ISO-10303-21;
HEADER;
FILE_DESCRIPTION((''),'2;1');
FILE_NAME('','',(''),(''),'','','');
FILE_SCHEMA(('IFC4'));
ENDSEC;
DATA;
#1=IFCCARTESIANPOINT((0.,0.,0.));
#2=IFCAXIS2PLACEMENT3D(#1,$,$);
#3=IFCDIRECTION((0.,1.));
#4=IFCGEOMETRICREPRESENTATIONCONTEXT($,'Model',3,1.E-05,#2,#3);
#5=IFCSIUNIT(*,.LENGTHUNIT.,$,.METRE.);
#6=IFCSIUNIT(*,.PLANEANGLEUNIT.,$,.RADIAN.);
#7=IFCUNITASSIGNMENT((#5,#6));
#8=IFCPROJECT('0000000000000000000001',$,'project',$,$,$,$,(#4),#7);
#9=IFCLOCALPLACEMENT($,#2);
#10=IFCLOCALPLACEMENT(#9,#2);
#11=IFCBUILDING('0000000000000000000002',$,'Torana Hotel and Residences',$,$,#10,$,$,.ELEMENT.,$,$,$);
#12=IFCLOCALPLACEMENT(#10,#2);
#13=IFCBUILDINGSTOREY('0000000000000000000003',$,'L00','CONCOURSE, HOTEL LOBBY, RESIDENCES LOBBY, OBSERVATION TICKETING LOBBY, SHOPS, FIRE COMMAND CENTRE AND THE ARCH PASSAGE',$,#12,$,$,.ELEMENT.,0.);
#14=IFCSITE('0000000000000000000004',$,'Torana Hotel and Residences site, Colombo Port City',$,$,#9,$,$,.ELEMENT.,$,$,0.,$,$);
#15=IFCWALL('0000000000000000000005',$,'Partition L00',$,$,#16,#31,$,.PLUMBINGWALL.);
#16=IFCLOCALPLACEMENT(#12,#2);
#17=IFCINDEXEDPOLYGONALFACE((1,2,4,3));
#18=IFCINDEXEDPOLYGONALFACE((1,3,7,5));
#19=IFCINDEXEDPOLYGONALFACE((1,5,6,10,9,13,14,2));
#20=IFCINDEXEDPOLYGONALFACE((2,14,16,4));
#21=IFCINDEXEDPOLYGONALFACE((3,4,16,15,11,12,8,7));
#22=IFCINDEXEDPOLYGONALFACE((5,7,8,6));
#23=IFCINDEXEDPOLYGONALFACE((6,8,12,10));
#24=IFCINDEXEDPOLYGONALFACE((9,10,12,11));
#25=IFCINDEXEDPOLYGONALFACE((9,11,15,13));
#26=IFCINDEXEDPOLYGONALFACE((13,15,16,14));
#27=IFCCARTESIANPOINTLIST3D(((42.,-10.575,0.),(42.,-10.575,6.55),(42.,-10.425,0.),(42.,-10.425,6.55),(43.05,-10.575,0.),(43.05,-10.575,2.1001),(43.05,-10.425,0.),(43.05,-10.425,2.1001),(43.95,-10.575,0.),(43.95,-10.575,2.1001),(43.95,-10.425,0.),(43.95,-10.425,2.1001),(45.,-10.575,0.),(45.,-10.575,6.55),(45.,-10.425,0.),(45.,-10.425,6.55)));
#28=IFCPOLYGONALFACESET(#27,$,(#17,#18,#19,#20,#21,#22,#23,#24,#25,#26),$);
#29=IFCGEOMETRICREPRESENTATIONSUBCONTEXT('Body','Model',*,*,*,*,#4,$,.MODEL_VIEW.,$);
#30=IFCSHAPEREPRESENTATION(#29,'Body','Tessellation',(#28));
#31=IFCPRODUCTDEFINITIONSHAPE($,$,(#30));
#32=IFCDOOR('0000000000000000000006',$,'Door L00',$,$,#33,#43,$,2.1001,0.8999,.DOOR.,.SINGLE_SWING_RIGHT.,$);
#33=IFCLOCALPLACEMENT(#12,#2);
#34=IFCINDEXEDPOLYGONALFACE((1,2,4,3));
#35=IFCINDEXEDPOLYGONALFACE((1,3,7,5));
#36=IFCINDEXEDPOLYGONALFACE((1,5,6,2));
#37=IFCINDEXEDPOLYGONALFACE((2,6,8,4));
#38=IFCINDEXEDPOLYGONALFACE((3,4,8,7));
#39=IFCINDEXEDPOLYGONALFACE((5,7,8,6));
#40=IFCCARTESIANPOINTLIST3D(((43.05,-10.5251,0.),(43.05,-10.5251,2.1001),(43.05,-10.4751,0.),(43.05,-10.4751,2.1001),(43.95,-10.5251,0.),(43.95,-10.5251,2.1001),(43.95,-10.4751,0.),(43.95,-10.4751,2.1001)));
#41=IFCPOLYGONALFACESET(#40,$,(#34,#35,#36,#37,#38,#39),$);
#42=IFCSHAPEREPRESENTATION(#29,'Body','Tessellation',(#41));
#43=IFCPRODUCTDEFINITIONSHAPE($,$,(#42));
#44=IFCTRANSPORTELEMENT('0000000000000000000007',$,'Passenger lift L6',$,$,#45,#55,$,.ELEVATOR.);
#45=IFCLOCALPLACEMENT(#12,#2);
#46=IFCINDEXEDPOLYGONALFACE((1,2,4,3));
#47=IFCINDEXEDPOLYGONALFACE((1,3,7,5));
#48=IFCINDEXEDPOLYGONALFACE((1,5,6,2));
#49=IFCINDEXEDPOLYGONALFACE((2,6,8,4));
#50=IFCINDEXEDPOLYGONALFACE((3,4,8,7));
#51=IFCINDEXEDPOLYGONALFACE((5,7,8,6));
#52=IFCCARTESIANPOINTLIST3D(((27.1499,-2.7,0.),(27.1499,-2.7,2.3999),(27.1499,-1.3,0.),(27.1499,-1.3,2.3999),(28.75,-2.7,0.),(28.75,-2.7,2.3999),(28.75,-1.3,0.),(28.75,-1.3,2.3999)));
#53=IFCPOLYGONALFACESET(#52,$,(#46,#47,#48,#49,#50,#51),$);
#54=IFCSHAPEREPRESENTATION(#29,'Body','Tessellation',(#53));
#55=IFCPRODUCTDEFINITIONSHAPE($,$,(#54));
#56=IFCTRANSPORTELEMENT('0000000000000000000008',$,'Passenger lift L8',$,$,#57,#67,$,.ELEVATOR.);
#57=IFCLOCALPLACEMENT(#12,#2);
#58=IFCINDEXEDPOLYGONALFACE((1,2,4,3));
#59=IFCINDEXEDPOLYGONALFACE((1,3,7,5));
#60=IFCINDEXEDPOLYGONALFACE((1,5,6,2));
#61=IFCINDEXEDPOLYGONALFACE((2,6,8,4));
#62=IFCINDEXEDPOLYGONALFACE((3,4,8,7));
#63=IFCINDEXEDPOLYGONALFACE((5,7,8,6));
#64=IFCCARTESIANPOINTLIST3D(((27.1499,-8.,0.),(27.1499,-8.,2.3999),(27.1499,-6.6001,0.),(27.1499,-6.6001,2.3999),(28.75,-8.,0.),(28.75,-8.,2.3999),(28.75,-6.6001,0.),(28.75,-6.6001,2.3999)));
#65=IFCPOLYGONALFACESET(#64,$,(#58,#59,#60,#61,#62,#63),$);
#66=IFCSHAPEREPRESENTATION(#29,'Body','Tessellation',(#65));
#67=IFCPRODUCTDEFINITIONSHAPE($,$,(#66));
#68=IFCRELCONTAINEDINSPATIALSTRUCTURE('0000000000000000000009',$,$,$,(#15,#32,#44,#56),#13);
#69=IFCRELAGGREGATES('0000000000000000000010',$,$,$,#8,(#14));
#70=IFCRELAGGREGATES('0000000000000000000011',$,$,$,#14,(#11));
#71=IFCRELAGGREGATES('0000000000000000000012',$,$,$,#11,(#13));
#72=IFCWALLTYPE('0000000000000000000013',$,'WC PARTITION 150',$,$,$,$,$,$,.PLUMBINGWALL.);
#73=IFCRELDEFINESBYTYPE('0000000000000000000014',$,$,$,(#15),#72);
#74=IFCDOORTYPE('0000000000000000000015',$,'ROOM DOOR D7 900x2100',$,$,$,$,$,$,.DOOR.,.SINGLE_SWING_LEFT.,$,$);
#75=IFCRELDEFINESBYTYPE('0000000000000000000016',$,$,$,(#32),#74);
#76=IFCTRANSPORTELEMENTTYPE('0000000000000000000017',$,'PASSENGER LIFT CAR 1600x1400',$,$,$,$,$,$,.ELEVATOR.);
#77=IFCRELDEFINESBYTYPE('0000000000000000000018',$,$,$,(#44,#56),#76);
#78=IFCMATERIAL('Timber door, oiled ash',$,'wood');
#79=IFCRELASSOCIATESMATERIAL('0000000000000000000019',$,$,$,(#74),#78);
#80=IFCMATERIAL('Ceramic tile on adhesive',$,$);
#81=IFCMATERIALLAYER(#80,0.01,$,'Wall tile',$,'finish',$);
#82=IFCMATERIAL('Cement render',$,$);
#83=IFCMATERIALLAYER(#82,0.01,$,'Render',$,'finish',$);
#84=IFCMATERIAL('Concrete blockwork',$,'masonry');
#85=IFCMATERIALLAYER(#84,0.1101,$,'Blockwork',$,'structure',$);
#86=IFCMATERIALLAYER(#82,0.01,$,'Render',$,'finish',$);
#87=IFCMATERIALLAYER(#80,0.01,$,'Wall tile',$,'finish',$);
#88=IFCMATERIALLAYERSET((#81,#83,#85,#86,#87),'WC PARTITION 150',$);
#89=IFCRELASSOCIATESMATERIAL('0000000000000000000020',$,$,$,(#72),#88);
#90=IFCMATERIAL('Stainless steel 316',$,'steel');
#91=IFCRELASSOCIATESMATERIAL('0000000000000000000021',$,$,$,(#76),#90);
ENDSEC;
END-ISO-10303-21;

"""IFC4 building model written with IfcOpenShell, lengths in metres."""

from ifc_helpers import new_model, si_unit, direction, frame, frame_2d, origin, origin_2d, place, context, subcontext, project, spatial, rectangle, extrude, material, layer, layer_set, type_object, element, fill, save


model = new_model("IFC4")

# Units and contexts
model_context = context("Model", 3, precision=1e-05, world=origin(), true_north=direction((0.0, 1.0)))
body_context = subcontext(model_context, "Body", "Model", "MODEL_VIEW")
ifc_project = project(units=[si_unit("LENGTHUNIT", "METRE"), si_unit("PLANEANGLEUNIT", "RADIAN")], contexts=[model_context])

# Site, building, storey
site_placement = place(None, origin())
site = spatial("IfcSite", under=ifc_project, at=site_placement, Name="Torana Hotel and Residences site, Colombo Port City", CompositionType="ELEMENT", RefElevation=0.0)
building_placement = place(site_placement, origin())
building = spatial("IfcBuilding", under=site, at=building_placement, Name="Torana Hotel and Residences", CompositionType="ELEMENT")
storey_placement = place(building_placement, origin())
storey = spatial("IfcBuildingStorey", under=building, at=storey_placement, Name="L00", Description="CONCOURSE, HOTEL LOBBY, RESIDENCES LOBBY, OBSERVATION TICKETING LOBBY, SHOPS, FIRE COMMAND CENTRE AND THE ARCH PASSAGE", CompositionType="ELEMENT", Elevation=0.0)

# Wall, opening, door
ifc_material_1 = material(Name="Timber door, oiled ash", Category="wood")
door_type = type_object("IfcDoorType", Name="ROOM DOOR D7 900x2100", OperationType="SINGLE_SWING_LEFT", PredefinedType="DOOR", material=ifc_material_1)
ifc_material_2 = material(Name="Ceramic tile on adhesive")
ifc_layer_1 = layer(ifc_material_2, 0.01, Name="Wall tile", Category="finish")
ifc_material_3 = material(Name="Cement render")
ifc_layer_2 = layer(ifc_material_3, 0.01, Name="Render", Category="finish")
ifc_material_4 = material(Name="Concrete blockwork", Category="masonry")
ifc_layer_3 = layer(ifc_material_4, 0.1101, Name="Blockwork", Category="structure")
ifc_layer_4 = layer(ifc_material_3, 0.01, Name="Render", Category="finish")
ifc_layer_5 = layer(ifc_material_2, 0.01, Name="Wall tile", Category="finish")
ifc_layer_set_1 = layer_set([ifc_layer_1, ifc_layer_2, ifc_layer_3, ifc_layer_4, ifc_layer_5], Name="WC PARTITION 150")
wall_type_1 = type_object("IfcWallType", Name="WC PARTITION 150", PredefinedType="PLUMBINGWALL", material=ifc_layer_set_1)
wall_1_placement = place(storey_placement, frame((42.0, -10.5, 0.0), z_axis=(0.0, 0.0, 1.0), x_axis=(1.0, 0.0, 0.0)))
wall_1 = element("IfcWall", 1, at=wall_1_placement, inside=storey, type_object=wall_type_1, Name="Partition L00", PredefinedType="PLUMBINGWALL", context=body_context, shape_type="SweptSolid", body=[
    extrude(rectangle(XDim=3.0, YDim=0.1499, at=frame_2d((1.5, 0.0))), origin(), (0.0, 0.0, 1.0), 6.55),
])
opening_1_placement = place(wall_1_placement, frame((1.05, 0.0, 0.0)))
opening_1 = element("IfcOpeningElement", 2, at=opening_1_placement, cuts=wall_1, PredefinedType="OPENING", context=body_context, shape_type="SweptSolid", body=[
    extrude(rectangle(XDim=0.8999, YDim=2.1001, at=frame_2d((0.45, 1.05))), frame((0.0, 0.085, 0.0), z_axis=(0.0, -1.0, 0.0), x_axis=(1.0, 0.0, 0.0)), (0.0, 0.0, 1.0), 0.1699),
])
door_1_placement = place(opening_1_placement, origin())
door_1 = element("IfcDoor", 3, at=door_1_placement, inside=storey, type_object=door_type, Name="Door L00", OperationType="SINGLE_SWING_RIGHT", OverallHeight=2.1001, OverallWidth=0.8999, PredefinedType="DOOR", context=body_context, shape_type="SweptSolid", body=[
    extrude(rectangle(XDim=0.8999, YDim=2.1001, at=frame_2d((0.45, 1.05))), frame((0.0, 0.0249, 0.0), z_axis=(0.0, -1.0, 0.0), x_axis=(1.0, 0.0, 0.0)), (0.0, 0.0, 1.0), 0.05),
])
fill(opening_1, door_1)

# Transport elements
ifc_material_5 = material(Name="Stainless steel 316", Category="steel")
transport_element_type = type_object("IfcTransportElementType", Name="PASSENGER LIFT CAR 1600x1400", PredefinedType="ELEVATOR", material=ifc_material_5)
for number, where, z_axis, x_axis, name in (
    (4, (27.95, -2.0, 0.0), (0.0, 0.0, 1.0), (1.0, 0.0, 0.0), "Passenger lift L6"),
    (5, (27.95, -7.3, 0.0), (0.0, 0.0, 1.0), (1.0, 0.0, 0.0), "Passenger lift L8"),
):
    element("IfcTransportElement", number, at=place(storey_placement, frame(where, z_axis=z_axis, x_axis=x_axis)), inside=storey, type_object=transport_element_type, Name=name, PredefinedType="ELEVATOR", context=body_context, shape_type="SweptSolid", body=[
        extrude(rectangle(XDim=1.6001, YDim=1.3999, at=origin_2d()), origin(), (0.0, 0.0, 1.0), 2.3999),
    ])

save(model, "model.ifc")
